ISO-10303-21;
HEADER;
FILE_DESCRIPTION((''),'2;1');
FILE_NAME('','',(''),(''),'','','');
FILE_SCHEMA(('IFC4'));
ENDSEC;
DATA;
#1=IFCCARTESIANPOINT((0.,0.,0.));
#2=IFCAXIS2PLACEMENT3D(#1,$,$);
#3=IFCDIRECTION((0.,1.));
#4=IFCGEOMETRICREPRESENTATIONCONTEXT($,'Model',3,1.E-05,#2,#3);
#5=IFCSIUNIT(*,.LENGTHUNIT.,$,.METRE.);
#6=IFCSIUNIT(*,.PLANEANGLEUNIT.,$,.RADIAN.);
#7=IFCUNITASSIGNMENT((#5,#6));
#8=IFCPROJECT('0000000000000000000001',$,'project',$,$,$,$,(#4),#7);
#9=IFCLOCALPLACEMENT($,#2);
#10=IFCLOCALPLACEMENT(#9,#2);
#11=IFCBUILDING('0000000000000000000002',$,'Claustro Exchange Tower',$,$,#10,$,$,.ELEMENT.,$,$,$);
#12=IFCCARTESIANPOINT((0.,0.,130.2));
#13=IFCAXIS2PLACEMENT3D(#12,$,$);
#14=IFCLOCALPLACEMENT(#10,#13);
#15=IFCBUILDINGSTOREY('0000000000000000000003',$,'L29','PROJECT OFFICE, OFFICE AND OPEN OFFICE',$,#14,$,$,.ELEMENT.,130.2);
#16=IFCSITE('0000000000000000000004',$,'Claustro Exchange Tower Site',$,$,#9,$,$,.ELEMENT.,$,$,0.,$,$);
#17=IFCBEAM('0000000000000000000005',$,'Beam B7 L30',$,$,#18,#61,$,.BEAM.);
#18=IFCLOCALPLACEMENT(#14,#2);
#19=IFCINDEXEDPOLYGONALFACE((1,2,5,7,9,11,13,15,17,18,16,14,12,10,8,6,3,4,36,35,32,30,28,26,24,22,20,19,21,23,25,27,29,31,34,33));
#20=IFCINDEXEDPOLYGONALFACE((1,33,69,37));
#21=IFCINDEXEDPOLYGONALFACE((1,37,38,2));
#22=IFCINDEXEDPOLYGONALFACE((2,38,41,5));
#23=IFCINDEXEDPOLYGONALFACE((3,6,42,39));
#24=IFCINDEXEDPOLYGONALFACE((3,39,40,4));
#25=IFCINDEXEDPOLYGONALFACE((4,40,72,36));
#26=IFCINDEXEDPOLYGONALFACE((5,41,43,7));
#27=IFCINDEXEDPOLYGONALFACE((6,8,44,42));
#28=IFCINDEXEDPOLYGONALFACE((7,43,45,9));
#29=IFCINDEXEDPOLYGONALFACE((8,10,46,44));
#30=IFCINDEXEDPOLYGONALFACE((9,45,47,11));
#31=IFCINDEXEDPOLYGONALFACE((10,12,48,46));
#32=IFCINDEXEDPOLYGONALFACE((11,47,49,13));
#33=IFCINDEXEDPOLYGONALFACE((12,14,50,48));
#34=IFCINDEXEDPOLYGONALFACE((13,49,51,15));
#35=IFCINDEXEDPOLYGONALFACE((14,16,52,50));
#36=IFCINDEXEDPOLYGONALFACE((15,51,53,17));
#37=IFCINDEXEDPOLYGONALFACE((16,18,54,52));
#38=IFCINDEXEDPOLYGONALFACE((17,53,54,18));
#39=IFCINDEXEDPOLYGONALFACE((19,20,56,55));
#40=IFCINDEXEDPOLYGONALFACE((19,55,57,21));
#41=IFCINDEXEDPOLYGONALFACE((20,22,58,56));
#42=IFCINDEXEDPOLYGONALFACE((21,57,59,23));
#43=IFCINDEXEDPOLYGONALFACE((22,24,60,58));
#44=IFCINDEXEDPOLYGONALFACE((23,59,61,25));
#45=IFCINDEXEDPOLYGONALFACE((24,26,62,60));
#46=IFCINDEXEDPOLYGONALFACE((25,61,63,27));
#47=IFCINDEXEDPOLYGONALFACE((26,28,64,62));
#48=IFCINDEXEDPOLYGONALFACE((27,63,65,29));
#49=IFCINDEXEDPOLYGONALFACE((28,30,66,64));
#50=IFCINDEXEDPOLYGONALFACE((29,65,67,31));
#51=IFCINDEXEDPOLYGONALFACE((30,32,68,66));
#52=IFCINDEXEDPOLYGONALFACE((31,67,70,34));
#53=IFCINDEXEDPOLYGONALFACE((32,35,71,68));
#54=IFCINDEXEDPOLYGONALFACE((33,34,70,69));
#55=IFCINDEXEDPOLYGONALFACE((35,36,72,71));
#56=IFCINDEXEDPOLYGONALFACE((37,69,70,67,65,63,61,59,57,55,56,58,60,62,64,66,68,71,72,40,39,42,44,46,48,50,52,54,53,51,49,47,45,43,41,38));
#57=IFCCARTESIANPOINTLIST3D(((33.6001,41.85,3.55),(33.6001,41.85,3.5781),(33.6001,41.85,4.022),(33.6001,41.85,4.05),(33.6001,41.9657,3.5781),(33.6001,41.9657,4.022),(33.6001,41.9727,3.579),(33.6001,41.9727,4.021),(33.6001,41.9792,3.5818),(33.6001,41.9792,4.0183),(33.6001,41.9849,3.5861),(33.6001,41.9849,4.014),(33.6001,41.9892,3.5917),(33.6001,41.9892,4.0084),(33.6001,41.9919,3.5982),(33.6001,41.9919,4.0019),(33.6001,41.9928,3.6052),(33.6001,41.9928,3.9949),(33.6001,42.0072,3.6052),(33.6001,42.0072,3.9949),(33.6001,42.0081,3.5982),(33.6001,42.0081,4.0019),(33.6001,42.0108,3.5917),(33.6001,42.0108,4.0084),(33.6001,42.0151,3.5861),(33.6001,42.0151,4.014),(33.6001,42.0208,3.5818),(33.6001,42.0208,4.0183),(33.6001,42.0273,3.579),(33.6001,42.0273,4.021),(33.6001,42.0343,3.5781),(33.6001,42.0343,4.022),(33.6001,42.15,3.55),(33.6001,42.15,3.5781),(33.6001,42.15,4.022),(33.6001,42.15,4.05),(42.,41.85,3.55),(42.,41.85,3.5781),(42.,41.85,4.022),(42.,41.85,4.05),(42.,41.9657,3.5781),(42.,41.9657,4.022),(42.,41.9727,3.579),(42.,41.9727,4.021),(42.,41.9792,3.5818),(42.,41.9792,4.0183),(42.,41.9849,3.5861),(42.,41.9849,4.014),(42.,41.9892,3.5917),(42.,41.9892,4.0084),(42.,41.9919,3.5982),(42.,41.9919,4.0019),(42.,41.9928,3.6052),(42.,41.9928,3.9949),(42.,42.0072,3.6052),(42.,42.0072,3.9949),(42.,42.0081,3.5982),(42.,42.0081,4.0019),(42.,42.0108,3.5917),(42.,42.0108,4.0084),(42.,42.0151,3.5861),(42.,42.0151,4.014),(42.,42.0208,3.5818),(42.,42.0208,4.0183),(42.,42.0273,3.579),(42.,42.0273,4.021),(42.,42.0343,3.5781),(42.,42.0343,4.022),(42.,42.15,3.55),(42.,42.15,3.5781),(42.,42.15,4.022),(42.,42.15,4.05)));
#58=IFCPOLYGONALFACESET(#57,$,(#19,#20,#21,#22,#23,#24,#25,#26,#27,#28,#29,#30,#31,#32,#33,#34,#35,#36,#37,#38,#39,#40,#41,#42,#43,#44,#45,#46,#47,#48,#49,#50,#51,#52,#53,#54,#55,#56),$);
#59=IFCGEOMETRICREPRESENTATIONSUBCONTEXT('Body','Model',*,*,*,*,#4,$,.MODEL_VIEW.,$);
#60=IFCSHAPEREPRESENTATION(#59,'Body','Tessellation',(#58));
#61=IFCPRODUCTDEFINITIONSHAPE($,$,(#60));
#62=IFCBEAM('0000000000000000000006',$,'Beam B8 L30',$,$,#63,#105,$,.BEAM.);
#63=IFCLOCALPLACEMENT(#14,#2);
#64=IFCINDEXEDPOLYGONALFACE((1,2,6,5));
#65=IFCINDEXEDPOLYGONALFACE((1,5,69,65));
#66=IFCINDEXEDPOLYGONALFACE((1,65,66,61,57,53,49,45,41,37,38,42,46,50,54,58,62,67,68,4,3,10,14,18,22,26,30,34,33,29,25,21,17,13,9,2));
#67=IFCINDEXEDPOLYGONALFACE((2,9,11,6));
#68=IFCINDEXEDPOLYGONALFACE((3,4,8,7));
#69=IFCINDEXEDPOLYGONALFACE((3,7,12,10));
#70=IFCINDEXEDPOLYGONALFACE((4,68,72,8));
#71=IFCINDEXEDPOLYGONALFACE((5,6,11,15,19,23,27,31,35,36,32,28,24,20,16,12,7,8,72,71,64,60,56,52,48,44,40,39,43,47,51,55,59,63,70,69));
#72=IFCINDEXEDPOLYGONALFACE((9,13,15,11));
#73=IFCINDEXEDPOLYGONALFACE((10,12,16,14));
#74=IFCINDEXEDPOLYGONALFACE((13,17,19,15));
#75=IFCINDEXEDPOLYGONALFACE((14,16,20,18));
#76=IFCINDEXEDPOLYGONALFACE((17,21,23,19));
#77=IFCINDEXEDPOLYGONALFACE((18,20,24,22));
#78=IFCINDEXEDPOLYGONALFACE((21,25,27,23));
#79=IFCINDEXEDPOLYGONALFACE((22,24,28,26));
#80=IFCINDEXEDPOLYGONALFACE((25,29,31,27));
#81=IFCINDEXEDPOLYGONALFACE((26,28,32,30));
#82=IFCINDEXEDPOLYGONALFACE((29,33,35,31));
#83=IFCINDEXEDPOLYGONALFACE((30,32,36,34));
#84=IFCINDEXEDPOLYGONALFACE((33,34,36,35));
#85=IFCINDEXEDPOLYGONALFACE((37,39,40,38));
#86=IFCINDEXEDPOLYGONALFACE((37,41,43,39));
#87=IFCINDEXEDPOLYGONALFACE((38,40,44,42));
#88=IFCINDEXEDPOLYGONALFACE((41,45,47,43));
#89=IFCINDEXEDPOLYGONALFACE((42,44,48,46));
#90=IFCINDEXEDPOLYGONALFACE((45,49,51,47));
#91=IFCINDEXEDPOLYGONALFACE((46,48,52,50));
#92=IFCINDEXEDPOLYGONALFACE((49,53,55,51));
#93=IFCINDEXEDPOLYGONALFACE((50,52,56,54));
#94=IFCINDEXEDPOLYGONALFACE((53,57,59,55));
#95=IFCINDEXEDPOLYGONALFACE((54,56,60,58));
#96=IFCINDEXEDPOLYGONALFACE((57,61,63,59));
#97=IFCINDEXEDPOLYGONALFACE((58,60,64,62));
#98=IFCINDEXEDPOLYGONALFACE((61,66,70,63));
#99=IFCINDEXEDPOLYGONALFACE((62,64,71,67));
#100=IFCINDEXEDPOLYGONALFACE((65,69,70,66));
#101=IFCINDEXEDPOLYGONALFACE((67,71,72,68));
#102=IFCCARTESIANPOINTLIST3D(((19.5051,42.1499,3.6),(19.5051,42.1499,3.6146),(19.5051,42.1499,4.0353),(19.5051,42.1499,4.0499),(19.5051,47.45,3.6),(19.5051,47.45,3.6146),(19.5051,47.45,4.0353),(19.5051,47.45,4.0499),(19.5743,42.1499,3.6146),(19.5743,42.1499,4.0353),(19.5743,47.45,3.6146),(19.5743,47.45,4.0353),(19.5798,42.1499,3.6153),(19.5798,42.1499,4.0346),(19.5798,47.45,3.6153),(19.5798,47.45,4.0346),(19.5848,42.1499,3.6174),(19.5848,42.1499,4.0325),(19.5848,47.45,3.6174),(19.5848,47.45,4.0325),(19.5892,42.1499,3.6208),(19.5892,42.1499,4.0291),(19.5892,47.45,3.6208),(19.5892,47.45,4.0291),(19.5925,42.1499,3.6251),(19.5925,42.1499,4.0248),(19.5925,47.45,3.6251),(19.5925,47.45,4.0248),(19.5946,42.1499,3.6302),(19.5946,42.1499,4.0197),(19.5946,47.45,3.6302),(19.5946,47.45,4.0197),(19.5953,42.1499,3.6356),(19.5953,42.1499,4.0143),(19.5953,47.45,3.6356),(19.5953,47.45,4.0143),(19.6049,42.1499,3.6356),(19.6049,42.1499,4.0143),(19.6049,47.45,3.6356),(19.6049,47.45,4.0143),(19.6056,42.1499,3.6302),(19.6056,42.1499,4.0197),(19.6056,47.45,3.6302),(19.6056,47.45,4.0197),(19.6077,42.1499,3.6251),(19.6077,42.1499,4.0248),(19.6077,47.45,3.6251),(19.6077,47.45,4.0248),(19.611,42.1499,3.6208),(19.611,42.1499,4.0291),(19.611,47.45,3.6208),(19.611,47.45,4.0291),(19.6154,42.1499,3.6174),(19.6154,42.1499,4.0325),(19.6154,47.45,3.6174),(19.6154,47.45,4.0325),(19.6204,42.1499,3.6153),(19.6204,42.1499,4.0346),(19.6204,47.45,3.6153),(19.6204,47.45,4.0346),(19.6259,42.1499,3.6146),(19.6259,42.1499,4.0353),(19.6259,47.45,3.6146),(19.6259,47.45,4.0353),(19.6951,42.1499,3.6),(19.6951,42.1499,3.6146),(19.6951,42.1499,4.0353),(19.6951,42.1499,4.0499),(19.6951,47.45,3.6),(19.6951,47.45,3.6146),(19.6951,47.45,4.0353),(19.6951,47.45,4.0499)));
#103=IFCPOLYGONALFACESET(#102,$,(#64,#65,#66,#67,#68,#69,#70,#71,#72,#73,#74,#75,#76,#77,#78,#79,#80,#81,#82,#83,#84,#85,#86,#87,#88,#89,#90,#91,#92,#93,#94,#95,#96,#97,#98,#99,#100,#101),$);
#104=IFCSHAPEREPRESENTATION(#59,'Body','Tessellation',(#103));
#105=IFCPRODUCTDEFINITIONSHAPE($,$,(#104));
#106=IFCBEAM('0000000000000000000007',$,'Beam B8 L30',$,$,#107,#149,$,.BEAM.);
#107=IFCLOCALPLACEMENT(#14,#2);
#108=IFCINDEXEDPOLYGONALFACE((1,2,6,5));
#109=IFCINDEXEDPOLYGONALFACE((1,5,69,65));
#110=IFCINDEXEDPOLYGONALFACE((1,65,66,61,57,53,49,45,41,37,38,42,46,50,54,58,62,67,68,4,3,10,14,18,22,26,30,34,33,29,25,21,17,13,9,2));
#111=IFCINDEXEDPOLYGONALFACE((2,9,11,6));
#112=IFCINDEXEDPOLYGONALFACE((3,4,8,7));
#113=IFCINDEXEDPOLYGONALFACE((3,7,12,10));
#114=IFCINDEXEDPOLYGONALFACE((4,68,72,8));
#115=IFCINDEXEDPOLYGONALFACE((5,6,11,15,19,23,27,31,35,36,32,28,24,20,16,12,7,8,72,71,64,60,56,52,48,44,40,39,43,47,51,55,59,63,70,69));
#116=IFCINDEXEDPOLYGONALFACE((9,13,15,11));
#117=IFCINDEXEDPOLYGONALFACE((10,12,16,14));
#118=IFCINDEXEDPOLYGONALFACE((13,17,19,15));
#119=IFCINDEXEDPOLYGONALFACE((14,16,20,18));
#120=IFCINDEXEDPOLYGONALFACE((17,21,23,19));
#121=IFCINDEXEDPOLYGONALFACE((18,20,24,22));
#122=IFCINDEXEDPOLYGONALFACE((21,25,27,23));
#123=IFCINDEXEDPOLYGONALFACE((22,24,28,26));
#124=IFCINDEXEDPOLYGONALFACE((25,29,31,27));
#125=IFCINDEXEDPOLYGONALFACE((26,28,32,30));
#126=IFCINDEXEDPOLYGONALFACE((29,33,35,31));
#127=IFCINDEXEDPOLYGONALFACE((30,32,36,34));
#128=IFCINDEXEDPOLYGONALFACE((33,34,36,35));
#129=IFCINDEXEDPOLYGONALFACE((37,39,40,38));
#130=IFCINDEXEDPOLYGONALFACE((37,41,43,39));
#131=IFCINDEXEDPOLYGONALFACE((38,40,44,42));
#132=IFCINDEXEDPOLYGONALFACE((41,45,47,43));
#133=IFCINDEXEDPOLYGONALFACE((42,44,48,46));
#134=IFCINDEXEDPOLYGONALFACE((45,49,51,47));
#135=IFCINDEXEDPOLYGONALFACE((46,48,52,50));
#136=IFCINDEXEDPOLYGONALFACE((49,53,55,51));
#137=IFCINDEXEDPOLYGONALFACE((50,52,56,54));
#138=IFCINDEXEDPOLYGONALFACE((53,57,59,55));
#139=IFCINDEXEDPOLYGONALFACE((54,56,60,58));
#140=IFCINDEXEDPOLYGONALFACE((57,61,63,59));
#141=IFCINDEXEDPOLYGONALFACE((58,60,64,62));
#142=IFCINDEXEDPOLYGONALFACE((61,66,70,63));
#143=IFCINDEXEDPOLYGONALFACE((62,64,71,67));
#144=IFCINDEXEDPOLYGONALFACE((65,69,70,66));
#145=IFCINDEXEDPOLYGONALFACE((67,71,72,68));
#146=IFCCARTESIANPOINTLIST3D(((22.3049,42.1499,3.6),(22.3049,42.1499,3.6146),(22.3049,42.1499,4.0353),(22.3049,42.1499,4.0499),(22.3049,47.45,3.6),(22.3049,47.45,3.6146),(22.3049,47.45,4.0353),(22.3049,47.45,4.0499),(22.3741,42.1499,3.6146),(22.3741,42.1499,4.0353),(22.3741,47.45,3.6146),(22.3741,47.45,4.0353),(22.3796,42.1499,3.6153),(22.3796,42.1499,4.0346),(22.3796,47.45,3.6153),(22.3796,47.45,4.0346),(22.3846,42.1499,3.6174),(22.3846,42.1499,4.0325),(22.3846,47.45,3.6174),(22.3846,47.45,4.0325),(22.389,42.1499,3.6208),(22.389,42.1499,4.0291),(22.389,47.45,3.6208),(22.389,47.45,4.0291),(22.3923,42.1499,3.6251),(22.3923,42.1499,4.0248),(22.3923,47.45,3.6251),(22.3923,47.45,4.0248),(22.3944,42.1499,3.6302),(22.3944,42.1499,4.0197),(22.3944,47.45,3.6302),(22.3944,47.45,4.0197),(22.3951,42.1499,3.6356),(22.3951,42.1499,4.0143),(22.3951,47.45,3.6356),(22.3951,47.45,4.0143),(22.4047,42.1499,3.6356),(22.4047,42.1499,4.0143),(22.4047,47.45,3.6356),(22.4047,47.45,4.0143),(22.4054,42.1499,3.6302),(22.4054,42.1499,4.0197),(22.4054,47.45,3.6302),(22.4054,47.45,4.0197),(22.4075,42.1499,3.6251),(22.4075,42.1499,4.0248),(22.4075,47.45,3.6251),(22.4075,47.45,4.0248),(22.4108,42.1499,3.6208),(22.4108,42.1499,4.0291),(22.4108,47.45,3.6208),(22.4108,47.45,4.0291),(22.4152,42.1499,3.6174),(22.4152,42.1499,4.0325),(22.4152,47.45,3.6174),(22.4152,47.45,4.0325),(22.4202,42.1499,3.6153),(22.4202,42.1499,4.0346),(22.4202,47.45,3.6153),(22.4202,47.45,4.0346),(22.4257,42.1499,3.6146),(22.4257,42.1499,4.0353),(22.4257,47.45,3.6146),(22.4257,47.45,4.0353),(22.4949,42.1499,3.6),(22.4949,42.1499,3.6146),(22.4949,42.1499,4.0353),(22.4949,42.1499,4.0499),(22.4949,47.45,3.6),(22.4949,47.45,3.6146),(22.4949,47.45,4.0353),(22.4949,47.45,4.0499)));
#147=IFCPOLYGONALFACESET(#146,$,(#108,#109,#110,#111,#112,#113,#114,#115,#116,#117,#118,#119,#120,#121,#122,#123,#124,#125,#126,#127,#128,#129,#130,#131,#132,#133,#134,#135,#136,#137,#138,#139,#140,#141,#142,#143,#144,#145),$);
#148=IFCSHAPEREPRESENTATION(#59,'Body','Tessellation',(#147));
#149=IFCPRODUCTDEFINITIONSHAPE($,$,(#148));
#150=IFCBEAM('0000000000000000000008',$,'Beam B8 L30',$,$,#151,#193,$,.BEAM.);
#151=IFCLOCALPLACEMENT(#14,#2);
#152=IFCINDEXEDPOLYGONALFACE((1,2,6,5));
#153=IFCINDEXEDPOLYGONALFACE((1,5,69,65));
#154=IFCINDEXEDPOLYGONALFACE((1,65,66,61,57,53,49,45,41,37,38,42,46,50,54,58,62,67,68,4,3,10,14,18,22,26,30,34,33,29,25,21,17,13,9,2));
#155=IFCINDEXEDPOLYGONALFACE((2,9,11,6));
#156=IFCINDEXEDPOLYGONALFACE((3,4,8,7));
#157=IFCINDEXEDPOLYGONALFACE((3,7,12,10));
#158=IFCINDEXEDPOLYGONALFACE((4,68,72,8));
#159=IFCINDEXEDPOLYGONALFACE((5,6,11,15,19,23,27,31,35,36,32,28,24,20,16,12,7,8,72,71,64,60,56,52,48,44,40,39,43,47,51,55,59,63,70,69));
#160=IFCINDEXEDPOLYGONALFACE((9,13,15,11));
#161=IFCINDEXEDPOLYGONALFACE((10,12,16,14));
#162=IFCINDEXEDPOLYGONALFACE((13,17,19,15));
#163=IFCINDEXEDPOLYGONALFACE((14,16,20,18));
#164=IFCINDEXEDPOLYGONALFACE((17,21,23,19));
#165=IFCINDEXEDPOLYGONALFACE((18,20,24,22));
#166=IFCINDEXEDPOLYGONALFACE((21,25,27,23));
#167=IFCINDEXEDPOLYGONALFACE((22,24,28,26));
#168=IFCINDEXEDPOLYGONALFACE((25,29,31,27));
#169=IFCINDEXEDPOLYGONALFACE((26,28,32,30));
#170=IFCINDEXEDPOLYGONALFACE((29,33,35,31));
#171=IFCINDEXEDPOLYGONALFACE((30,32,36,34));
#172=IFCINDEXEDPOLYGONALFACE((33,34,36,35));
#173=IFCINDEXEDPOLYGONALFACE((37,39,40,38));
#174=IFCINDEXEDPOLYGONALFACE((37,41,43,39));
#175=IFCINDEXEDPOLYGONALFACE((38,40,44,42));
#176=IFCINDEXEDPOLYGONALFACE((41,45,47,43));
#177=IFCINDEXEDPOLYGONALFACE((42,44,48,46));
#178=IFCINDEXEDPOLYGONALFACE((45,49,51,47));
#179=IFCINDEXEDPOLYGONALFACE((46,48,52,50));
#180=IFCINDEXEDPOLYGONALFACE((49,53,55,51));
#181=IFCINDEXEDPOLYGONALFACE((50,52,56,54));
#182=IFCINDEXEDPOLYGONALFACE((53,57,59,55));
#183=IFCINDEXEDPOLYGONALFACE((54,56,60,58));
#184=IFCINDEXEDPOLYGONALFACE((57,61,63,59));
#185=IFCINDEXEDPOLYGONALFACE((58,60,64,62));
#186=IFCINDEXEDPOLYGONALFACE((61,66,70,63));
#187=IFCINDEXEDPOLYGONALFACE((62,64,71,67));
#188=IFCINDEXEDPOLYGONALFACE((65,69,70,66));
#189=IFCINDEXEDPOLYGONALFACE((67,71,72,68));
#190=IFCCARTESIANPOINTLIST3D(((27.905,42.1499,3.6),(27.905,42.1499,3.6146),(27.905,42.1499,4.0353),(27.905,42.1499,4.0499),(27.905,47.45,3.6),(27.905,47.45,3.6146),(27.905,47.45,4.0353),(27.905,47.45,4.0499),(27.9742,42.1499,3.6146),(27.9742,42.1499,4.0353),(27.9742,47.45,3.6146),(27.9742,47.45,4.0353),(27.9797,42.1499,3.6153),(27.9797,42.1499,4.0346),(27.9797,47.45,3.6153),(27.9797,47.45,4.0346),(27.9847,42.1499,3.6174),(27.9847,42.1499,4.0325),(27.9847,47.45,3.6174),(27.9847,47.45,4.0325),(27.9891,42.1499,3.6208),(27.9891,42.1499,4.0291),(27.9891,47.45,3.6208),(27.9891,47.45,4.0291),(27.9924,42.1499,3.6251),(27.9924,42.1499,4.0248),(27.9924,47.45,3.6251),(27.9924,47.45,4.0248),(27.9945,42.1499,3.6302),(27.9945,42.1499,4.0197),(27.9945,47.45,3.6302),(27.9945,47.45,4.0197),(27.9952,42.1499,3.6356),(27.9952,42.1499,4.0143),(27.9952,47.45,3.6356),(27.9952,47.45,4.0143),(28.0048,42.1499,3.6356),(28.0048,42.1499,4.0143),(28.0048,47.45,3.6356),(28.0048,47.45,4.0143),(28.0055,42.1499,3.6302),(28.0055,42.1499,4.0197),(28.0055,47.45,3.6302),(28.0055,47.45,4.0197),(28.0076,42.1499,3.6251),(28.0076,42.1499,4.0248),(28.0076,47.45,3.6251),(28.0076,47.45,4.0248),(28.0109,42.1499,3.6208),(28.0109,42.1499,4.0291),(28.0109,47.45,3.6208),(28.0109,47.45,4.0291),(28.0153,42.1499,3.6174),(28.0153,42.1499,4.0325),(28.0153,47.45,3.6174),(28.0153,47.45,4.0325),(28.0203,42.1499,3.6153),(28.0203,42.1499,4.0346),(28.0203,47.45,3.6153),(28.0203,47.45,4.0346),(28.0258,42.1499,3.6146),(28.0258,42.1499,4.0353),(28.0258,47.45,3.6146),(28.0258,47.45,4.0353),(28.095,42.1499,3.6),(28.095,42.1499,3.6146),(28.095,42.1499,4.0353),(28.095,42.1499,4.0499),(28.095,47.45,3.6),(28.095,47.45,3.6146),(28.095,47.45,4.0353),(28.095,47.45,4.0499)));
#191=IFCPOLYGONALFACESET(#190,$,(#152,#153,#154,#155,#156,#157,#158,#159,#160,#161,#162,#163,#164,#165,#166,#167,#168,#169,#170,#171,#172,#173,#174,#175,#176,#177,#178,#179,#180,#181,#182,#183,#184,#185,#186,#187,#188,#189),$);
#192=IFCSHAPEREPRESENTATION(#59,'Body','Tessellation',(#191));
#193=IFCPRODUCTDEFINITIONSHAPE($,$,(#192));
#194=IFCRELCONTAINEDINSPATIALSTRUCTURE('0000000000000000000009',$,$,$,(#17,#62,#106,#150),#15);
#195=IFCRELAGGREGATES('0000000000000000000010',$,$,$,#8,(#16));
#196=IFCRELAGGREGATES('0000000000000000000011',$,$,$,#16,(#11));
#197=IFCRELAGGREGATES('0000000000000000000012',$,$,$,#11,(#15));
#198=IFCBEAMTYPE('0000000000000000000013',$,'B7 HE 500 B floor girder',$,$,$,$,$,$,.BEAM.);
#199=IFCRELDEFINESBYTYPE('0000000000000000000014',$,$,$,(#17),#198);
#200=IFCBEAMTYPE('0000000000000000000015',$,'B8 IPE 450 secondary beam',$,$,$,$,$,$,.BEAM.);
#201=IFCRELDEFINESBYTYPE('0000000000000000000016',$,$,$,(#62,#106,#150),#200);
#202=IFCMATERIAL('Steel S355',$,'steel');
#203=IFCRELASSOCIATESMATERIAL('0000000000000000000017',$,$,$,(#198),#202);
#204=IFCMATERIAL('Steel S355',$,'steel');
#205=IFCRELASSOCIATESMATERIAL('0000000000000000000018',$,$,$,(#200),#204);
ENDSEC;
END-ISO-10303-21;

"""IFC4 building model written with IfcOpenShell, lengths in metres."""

from ifc_helpers import new_model, si_unit, direction, frame, origin, origin_2d, place, context, subcontext, project, spatial, i_section, extrude, material, material_profile, profile_set, type_object, element, save


model = new_model("IFC4")

# Units and contexts
model_context = context("Model", 3, precision=1e-05, world=origin(), true_north=direction((0.0, 1.0)))
body_context = subcontext(model_context, "Body", "Model", "MODEL_VIEW")
ifc_project = project(units=[si_unit("LENGTHUNIT", "METRE"), si_unit("PLANEANGLEUNIT", "RADIAN")], contexts=[model_context])

# Site, building, storey
site_placement = place(None, origin())
site = spatial("IfcSite", under=ifc_project, at=site_placement, Name="Claustro Exchange Tower Site", CompositionType="ELEMENT", RefElevation=0.0)
building_placement = place(site_placement, origin())
building = spatial("IfcBuilding", under=site, at=building_placement, Name="Claustro Exchange Tower", CompositionType="ELEMENT")
storey_placement = place(building_placement, frame((0.0, 0.0, 130.2)))
storey = spatial("IfcBuildingStorey", under=building, at=storey_placement, Name="L29", Description="PROJECT OFFICE, OFFICE AND OPEN OFFICE", CompositionType="ELEMENT", Elevation=130.2)

# Beams
ifc_material_1 = material(Name="Steel S355", Category="steel")
ifc_material_profile_1 = material_profile(ifc_material_1, i_section(OverallWidth=0.3, OverallDepth=0.5, WebThickness=0.0144, FlangeThickness=0.0281, FilletRadius=0.0271, at=origin_2d()), Name="HE 500 B")
ifc_profile_set_1 = profile_set([ifc_material_profile_1], Name="Steel S355")
beam_type_1 = type_object("IfcBeamType", Name="B7 HE 500 B floor girder", PredefinedType="BEAM", material=ifc_profile_set_1)
beam_1_placement = place(storey_placement, frame((33.6001, 42.0, 3.8), z_axis=(1.0, 0.0, 0.0), x_axis=(0.0, 1.0, 0.0)))
element("IfcBeam", 1, at=beam_1_placement, inside=storey, type_object=beam_type_1, Name="Beam B7 L30", PredefinedType="BEAM", context=body_context, shape_type="SweptSolid", body=[
    extrude(i_section(OverallWidth=0.3, OverallDepth=0.5, WebThickness=0.0144, FlangeThickness=0.0281, FilletRadius=0.0271, at=origin_2d()), origin(), (0.0, 0.0, 1.0), 8.3999),
])
ifc_material_2 = material(Name="Steel S355", Category="steel")
ifc_material_profile_2 = material_profile(ifc_material_2, i_section(OverallWidth=0.1899, OverallDepth=0.45, WebThickness=0.0095, FlangeThickness=0.0146, FilletRadius=0.021, at=origin_2d()), Name="IPE 450")
ifc_profile_set_2 = profile_set([ifc_material_profile_2], Name="Steel S355")
beam_type_2 = type_object("IfcBeamType", Name="B8 IPE 450 secondary beam", PredefinedType="BEAM", material=ifc_profile_set_2)
for number, where, z_axis, x_axis, name in (
    (2, (19.6001, 42.1499, 3.825), (0.0, 1.0, 0.0), (-1.0, 0.0, 0.0), "Beam B8 L30"),
    (3, (22.3999, 42.1499, 3.825), (0.0, 1.0, 0.0), (-1.0, 0.0, 0.0), "Beam B8 L30"),
    (4, (28.0, 42.1499, 3.825), (0.0, 1.0, 0.0), (-1.0, 0.0, 0.0), "Beam B8 L30"),
):
    element("IfcBeam", number, at=place(storey_placement, frame(where, z_axis=z_axis, x_axis=x_axis)), inside=storey, type_object=beam_type_2, Name=name, PredefinedType="BEAM", context=body_context, shape_type="SweptSolid", body=[
        extrude(i_section(OverallWidth=0.1899, OverallDepth=0.45, WebThickness=0.0095, FlangeThickness=0.0146, FilletRadius=0.021, at=origin_2d()), origin(), (0.0, 0.0, 1.0), 5.3),
    ])

save(model, "model.ifc")
